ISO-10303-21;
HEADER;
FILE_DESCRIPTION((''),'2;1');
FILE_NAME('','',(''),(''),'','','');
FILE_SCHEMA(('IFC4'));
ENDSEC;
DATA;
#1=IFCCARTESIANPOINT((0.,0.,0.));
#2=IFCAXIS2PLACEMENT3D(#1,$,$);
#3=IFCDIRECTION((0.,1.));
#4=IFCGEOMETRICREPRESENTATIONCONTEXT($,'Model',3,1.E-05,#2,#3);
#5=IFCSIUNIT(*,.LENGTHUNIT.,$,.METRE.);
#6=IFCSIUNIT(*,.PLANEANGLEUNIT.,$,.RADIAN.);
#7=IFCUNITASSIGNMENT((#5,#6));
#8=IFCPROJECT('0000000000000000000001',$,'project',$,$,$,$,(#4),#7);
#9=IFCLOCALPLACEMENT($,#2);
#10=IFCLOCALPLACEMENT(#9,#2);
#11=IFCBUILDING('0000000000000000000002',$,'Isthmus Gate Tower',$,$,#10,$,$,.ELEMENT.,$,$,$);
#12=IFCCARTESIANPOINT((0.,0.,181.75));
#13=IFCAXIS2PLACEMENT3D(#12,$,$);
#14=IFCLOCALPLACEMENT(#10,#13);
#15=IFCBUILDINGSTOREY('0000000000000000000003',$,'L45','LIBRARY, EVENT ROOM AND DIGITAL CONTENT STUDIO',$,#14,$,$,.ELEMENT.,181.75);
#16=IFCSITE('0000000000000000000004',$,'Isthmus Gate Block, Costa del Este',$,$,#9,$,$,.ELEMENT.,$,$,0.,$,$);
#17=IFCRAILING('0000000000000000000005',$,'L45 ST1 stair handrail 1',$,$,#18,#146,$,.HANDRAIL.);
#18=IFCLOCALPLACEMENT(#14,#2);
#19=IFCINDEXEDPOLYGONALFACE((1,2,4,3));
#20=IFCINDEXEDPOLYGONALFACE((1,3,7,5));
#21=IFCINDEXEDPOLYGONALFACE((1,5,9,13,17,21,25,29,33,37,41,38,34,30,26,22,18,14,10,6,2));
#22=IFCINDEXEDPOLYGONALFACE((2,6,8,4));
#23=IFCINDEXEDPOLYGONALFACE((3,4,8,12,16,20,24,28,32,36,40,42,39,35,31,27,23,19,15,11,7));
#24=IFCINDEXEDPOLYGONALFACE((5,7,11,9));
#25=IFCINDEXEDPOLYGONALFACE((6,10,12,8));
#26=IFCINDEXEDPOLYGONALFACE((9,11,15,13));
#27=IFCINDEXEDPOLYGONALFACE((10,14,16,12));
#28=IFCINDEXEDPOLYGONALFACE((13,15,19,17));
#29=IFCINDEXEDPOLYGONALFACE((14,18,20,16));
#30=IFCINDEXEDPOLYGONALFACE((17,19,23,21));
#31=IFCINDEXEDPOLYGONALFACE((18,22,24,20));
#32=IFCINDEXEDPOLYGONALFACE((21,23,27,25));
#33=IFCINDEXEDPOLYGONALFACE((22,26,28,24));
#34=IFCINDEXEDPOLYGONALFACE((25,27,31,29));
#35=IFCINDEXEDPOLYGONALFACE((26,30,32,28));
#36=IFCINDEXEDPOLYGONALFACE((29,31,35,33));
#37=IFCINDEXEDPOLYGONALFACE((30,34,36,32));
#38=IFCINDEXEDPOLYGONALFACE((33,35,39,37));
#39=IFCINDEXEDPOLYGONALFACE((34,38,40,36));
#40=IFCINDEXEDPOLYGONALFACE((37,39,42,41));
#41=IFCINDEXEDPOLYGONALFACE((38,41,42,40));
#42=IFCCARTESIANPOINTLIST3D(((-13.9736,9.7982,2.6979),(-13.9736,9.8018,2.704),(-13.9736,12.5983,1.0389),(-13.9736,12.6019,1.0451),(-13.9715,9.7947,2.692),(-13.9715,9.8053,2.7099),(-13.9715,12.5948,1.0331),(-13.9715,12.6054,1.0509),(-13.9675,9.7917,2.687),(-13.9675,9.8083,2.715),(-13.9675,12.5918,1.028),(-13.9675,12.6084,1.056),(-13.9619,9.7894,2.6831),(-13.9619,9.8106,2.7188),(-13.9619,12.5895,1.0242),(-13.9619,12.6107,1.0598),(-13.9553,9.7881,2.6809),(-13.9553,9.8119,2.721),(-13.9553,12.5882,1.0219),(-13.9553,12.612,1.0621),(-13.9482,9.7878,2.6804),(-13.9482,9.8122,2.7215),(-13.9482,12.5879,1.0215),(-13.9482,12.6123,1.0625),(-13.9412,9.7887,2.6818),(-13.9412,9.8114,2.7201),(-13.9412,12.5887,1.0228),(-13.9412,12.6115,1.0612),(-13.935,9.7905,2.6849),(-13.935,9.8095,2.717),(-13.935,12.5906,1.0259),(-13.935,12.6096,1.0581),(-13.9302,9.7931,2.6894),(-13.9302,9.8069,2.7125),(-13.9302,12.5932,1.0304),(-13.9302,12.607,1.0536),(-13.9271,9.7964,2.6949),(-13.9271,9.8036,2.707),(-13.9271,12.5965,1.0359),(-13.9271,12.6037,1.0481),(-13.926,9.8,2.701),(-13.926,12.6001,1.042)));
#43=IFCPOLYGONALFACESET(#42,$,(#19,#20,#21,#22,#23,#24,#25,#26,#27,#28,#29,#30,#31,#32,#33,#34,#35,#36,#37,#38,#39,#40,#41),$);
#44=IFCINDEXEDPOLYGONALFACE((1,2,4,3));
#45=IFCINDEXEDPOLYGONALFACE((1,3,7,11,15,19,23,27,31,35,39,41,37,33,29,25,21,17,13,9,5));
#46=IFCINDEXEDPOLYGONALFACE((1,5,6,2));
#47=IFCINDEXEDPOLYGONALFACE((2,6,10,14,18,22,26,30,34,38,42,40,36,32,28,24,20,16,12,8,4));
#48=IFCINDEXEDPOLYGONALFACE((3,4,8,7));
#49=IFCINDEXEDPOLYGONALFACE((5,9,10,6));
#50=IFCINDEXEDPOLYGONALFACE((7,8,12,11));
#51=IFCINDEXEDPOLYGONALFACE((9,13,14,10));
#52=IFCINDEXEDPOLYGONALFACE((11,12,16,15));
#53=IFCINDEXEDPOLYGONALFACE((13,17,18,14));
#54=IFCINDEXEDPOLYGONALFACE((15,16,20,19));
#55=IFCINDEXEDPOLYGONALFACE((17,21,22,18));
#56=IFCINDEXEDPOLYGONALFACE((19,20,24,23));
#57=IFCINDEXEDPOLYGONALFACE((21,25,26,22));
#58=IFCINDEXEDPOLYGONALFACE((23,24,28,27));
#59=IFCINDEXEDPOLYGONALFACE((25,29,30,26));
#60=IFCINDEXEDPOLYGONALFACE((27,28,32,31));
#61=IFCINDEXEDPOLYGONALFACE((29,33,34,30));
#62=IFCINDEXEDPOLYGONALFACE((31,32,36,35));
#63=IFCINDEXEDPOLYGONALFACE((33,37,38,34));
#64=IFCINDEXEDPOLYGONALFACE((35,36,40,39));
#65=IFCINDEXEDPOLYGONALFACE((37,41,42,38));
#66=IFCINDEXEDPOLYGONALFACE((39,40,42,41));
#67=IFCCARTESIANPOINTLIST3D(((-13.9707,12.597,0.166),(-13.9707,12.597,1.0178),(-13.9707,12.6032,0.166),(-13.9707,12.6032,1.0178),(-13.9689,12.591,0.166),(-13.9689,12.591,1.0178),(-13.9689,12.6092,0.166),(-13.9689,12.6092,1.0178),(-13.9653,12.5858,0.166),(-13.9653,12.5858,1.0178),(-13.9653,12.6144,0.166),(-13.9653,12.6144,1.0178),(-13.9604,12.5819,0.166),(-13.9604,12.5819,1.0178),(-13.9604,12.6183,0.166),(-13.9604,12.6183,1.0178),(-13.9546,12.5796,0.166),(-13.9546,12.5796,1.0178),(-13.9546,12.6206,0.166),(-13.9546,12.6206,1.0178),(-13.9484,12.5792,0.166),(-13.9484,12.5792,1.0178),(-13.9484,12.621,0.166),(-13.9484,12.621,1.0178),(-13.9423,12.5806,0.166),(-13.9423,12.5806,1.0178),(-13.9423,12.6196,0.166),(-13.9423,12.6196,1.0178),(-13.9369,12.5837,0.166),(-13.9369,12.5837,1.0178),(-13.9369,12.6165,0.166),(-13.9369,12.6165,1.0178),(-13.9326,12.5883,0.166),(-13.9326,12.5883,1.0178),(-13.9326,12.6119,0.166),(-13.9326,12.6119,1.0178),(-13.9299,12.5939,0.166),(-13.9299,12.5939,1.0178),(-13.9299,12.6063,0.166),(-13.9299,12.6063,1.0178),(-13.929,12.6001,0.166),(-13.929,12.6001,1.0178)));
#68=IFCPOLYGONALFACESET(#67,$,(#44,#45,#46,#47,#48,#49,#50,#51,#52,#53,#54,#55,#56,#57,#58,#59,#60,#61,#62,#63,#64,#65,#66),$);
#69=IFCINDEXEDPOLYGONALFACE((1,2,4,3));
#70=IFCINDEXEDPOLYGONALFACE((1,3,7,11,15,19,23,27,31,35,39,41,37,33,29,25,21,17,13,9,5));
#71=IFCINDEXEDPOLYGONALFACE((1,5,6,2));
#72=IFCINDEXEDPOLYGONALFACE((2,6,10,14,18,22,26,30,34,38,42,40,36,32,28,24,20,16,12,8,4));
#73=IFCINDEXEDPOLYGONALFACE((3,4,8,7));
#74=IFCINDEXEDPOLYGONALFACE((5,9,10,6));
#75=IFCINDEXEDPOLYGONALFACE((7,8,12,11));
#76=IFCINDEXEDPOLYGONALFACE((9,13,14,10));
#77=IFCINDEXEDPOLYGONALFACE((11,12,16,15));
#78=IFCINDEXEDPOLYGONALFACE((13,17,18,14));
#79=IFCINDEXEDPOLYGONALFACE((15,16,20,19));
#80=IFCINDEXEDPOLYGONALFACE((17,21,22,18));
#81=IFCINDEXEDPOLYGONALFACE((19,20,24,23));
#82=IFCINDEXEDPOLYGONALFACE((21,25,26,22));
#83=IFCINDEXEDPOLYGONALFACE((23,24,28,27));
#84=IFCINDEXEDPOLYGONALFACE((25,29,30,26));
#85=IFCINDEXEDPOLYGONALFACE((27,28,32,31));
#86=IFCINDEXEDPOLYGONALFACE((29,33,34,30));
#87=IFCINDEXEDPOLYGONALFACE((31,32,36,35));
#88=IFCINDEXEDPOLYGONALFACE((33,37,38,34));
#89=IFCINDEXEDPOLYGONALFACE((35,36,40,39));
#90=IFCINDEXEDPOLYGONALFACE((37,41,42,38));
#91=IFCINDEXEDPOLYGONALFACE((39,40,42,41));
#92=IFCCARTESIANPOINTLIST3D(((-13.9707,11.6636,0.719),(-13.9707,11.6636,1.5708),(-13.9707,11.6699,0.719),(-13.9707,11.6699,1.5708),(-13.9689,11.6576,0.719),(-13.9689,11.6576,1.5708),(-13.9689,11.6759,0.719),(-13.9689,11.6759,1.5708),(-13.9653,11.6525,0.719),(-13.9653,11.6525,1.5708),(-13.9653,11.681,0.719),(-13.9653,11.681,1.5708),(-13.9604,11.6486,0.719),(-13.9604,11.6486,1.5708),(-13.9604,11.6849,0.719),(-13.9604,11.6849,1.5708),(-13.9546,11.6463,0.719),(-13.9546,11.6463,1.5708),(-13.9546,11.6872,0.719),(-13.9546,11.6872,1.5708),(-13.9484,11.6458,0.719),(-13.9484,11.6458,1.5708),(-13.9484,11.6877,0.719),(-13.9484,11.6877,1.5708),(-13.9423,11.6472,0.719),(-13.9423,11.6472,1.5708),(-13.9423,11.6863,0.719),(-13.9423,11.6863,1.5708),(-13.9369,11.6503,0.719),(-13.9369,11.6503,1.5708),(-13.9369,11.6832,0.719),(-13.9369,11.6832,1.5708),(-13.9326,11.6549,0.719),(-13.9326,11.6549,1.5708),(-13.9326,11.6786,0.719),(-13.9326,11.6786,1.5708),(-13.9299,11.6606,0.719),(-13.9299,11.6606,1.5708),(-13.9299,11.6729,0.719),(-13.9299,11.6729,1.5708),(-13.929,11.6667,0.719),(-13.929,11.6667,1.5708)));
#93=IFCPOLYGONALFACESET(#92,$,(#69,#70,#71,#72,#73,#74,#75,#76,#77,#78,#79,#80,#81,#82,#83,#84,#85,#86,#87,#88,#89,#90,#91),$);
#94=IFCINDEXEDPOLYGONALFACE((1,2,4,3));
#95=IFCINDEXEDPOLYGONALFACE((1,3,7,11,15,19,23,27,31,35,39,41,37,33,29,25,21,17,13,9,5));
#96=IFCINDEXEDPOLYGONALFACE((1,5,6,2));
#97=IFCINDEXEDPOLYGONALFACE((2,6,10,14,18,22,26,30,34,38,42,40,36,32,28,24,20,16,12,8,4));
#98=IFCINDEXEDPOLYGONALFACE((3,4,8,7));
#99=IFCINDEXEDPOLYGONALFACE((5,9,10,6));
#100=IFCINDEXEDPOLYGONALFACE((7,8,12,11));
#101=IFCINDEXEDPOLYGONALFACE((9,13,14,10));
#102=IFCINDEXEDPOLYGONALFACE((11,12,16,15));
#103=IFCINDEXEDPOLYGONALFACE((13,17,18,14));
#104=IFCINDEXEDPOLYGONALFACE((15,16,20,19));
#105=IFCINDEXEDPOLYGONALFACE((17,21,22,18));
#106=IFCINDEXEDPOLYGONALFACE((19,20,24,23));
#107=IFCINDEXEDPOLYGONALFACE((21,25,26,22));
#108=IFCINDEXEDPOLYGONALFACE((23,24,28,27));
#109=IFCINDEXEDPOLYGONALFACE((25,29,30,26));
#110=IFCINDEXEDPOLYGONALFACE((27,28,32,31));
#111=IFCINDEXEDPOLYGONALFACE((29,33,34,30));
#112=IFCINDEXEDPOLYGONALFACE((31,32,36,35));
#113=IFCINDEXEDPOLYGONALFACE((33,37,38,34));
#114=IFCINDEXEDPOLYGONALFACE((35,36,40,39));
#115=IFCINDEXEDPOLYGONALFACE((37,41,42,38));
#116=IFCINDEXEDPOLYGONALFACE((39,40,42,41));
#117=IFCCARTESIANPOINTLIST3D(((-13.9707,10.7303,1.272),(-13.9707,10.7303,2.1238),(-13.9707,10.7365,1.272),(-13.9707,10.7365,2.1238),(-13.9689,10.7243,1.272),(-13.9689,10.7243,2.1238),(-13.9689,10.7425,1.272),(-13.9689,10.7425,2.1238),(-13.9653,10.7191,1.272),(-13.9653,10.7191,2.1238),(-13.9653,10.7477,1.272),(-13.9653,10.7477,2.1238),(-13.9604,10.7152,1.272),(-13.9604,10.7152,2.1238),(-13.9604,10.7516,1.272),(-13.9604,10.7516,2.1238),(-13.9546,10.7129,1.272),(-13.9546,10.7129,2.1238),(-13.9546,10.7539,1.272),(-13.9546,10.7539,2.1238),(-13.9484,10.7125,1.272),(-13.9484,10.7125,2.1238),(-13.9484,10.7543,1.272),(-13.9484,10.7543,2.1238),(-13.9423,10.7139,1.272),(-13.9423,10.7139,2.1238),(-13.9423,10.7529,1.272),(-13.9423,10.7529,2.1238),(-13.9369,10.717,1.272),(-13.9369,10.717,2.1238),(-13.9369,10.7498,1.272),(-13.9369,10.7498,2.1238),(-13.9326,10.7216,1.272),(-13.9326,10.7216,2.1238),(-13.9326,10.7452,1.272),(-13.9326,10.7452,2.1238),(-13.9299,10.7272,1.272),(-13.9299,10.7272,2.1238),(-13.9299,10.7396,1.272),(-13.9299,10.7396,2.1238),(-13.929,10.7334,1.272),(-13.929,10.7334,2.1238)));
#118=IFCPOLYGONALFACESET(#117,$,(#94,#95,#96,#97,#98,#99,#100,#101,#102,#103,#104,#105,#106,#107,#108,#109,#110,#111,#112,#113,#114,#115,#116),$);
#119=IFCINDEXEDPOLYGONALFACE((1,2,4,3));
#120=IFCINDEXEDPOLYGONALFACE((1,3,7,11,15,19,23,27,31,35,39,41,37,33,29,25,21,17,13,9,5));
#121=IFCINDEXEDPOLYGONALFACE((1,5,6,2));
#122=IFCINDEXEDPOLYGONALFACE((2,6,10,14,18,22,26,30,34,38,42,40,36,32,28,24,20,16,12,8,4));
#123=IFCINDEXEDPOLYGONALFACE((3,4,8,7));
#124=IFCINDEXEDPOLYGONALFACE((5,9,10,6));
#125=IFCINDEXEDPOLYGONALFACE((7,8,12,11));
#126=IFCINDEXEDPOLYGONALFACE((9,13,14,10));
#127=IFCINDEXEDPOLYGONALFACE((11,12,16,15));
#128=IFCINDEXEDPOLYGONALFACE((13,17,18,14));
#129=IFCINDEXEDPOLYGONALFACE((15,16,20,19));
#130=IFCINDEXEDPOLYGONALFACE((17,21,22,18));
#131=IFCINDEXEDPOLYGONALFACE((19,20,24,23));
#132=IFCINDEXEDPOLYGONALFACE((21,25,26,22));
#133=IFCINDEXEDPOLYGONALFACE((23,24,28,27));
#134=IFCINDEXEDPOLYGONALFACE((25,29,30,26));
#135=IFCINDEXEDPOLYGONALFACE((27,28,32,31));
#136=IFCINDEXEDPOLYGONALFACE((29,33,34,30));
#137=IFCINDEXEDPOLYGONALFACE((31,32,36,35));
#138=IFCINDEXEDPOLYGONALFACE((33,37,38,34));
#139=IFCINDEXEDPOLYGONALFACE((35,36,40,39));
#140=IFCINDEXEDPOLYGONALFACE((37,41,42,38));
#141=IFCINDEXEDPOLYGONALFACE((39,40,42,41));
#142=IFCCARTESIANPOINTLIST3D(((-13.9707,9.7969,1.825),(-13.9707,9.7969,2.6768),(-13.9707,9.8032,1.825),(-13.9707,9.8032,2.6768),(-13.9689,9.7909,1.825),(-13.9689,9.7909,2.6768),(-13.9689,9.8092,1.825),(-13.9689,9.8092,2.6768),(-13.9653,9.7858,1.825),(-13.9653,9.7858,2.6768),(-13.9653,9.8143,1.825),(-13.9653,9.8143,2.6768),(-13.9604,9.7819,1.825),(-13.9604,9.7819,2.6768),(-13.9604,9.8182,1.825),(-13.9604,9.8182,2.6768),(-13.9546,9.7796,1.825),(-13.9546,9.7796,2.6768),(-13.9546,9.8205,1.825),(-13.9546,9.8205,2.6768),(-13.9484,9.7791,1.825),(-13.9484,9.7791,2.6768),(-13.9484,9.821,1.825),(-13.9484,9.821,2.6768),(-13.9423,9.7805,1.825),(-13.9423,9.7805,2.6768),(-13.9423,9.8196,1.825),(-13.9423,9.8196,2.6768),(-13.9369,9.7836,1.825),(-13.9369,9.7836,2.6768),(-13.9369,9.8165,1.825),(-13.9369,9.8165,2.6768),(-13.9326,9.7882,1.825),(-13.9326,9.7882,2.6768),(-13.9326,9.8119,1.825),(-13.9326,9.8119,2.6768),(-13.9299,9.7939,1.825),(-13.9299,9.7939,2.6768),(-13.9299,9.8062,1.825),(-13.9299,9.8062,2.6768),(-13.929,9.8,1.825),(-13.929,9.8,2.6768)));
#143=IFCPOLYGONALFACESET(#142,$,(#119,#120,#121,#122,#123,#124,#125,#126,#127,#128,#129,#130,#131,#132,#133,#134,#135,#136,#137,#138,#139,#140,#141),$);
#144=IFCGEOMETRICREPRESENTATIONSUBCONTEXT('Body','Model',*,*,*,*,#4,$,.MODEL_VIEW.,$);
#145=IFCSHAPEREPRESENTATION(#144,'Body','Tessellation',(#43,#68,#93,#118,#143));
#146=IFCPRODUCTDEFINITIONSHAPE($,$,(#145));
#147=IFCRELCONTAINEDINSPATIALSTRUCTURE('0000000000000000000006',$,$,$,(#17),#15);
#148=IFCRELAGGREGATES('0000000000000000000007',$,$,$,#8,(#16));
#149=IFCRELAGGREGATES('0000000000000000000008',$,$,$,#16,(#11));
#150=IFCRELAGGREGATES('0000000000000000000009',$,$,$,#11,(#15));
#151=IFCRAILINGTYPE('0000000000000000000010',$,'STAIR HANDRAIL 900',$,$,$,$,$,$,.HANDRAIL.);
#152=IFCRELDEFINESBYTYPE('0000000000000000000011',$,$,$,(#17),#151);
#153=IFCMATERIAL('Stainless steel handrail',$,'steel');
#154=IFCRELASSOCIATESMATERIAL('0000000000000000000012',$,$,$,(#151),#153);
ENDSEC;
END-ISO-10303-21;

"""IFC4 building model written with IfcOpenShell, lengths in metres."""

from ifc_helpers import new_model, si_unit, direction, frame, origin, origin_2d, place, context, subcontext, project, spatial, circle, extrude, material, type_object, element, save


model = new_model("IFC4")

# Units and contexts
model_context = context("Model", 3, precision=1e-05, world=origin(), true_north=direction((0.0, 1.0)))
body_context = subcontext(model_context, "Body", "Model", "MODEL_VIEW")
ifc_project = project(units=[si_unit("LENGTHUNIT", "METRE"), si_unit("PLANEANGLEUNIT", "RADIAN")], contexts=[model_context])

# Site, building, storey
site_placement = place(None, origin())
site = spatial("IfcSite", under=ifc_project, at=site_placement, Name="Isthmus Gate Block, Costa del Este", CompositionType="ELEMENT", RefElevation=0.0)
building_placement = place(site_placement, origin())
building = spatial("IfcBuilding", under=site, at=building_placement, Name="Isthmus Gate Tower", CompositionType="ELEMENT")
storey_placement = place(building_placement, frame((0.0, 0.0, 181.75)))
storey = spatial("IfcBuildingStorey", under=building, at=storey_placement, Name="L45", Description="LIBRARY, EVENT ROOM AND DIGITAL CONTENT STUDIO", CompositionType="ELEMENT", Elevation=181.75)

# Railing
ifc_material_1 = material(Name="Stainless steel handrail", Category="steel")
railing_type_1 = type_object("IfcRailingType", Name="STAIR HANDRAIL 900", PredefinedType="HANDRAIL", material=ifc_material_1)
railing_1_placement = place(storey_placement, frame((-13.95, 12.6001, 0.166)))
element("IfcRailing", 1, at=railing_1_placement, inside=storey, type_object=railing_type_1, Name="L45 ST1 stair handrail 1", PredefinedType="HANDRAIL", context=body_context, shape_type="SweptSolid", body=[
    extrude(circle(Radius=0.0239, at=origin_2d()), frame((0.0, 0.0, 0.876), z_axis=(0.0, -0.860339, 0.509722), x_axis=(1.0, 0.0, 0.0)), (0.0, 0.0, 1.0), 3.2546),
    extrude(circle(Radius=0.021, at=origin_2d()), origin(), (0.0, 0.0, 1.0), 0.8518),
    extrude(circle(Radius=0.021, at=origin_2d()), frame((0.0, -0.9333, 0.553)), (0.0, 0.0, 1.0), 0.8518),
    extrude(circle(Radius=0.021, at=origin_2d()), frame((0.0, -1.8667, 1.106)), (0.0, 0.0, 1.0), 0.8518),
    extrude(circle(Radius=0.021, at=origin_2d()), frame((0.0, -2.8, 1.6589)), (0.0, 0.0, 1.0), 0.8518),
])

save(model, "model.ifc")
